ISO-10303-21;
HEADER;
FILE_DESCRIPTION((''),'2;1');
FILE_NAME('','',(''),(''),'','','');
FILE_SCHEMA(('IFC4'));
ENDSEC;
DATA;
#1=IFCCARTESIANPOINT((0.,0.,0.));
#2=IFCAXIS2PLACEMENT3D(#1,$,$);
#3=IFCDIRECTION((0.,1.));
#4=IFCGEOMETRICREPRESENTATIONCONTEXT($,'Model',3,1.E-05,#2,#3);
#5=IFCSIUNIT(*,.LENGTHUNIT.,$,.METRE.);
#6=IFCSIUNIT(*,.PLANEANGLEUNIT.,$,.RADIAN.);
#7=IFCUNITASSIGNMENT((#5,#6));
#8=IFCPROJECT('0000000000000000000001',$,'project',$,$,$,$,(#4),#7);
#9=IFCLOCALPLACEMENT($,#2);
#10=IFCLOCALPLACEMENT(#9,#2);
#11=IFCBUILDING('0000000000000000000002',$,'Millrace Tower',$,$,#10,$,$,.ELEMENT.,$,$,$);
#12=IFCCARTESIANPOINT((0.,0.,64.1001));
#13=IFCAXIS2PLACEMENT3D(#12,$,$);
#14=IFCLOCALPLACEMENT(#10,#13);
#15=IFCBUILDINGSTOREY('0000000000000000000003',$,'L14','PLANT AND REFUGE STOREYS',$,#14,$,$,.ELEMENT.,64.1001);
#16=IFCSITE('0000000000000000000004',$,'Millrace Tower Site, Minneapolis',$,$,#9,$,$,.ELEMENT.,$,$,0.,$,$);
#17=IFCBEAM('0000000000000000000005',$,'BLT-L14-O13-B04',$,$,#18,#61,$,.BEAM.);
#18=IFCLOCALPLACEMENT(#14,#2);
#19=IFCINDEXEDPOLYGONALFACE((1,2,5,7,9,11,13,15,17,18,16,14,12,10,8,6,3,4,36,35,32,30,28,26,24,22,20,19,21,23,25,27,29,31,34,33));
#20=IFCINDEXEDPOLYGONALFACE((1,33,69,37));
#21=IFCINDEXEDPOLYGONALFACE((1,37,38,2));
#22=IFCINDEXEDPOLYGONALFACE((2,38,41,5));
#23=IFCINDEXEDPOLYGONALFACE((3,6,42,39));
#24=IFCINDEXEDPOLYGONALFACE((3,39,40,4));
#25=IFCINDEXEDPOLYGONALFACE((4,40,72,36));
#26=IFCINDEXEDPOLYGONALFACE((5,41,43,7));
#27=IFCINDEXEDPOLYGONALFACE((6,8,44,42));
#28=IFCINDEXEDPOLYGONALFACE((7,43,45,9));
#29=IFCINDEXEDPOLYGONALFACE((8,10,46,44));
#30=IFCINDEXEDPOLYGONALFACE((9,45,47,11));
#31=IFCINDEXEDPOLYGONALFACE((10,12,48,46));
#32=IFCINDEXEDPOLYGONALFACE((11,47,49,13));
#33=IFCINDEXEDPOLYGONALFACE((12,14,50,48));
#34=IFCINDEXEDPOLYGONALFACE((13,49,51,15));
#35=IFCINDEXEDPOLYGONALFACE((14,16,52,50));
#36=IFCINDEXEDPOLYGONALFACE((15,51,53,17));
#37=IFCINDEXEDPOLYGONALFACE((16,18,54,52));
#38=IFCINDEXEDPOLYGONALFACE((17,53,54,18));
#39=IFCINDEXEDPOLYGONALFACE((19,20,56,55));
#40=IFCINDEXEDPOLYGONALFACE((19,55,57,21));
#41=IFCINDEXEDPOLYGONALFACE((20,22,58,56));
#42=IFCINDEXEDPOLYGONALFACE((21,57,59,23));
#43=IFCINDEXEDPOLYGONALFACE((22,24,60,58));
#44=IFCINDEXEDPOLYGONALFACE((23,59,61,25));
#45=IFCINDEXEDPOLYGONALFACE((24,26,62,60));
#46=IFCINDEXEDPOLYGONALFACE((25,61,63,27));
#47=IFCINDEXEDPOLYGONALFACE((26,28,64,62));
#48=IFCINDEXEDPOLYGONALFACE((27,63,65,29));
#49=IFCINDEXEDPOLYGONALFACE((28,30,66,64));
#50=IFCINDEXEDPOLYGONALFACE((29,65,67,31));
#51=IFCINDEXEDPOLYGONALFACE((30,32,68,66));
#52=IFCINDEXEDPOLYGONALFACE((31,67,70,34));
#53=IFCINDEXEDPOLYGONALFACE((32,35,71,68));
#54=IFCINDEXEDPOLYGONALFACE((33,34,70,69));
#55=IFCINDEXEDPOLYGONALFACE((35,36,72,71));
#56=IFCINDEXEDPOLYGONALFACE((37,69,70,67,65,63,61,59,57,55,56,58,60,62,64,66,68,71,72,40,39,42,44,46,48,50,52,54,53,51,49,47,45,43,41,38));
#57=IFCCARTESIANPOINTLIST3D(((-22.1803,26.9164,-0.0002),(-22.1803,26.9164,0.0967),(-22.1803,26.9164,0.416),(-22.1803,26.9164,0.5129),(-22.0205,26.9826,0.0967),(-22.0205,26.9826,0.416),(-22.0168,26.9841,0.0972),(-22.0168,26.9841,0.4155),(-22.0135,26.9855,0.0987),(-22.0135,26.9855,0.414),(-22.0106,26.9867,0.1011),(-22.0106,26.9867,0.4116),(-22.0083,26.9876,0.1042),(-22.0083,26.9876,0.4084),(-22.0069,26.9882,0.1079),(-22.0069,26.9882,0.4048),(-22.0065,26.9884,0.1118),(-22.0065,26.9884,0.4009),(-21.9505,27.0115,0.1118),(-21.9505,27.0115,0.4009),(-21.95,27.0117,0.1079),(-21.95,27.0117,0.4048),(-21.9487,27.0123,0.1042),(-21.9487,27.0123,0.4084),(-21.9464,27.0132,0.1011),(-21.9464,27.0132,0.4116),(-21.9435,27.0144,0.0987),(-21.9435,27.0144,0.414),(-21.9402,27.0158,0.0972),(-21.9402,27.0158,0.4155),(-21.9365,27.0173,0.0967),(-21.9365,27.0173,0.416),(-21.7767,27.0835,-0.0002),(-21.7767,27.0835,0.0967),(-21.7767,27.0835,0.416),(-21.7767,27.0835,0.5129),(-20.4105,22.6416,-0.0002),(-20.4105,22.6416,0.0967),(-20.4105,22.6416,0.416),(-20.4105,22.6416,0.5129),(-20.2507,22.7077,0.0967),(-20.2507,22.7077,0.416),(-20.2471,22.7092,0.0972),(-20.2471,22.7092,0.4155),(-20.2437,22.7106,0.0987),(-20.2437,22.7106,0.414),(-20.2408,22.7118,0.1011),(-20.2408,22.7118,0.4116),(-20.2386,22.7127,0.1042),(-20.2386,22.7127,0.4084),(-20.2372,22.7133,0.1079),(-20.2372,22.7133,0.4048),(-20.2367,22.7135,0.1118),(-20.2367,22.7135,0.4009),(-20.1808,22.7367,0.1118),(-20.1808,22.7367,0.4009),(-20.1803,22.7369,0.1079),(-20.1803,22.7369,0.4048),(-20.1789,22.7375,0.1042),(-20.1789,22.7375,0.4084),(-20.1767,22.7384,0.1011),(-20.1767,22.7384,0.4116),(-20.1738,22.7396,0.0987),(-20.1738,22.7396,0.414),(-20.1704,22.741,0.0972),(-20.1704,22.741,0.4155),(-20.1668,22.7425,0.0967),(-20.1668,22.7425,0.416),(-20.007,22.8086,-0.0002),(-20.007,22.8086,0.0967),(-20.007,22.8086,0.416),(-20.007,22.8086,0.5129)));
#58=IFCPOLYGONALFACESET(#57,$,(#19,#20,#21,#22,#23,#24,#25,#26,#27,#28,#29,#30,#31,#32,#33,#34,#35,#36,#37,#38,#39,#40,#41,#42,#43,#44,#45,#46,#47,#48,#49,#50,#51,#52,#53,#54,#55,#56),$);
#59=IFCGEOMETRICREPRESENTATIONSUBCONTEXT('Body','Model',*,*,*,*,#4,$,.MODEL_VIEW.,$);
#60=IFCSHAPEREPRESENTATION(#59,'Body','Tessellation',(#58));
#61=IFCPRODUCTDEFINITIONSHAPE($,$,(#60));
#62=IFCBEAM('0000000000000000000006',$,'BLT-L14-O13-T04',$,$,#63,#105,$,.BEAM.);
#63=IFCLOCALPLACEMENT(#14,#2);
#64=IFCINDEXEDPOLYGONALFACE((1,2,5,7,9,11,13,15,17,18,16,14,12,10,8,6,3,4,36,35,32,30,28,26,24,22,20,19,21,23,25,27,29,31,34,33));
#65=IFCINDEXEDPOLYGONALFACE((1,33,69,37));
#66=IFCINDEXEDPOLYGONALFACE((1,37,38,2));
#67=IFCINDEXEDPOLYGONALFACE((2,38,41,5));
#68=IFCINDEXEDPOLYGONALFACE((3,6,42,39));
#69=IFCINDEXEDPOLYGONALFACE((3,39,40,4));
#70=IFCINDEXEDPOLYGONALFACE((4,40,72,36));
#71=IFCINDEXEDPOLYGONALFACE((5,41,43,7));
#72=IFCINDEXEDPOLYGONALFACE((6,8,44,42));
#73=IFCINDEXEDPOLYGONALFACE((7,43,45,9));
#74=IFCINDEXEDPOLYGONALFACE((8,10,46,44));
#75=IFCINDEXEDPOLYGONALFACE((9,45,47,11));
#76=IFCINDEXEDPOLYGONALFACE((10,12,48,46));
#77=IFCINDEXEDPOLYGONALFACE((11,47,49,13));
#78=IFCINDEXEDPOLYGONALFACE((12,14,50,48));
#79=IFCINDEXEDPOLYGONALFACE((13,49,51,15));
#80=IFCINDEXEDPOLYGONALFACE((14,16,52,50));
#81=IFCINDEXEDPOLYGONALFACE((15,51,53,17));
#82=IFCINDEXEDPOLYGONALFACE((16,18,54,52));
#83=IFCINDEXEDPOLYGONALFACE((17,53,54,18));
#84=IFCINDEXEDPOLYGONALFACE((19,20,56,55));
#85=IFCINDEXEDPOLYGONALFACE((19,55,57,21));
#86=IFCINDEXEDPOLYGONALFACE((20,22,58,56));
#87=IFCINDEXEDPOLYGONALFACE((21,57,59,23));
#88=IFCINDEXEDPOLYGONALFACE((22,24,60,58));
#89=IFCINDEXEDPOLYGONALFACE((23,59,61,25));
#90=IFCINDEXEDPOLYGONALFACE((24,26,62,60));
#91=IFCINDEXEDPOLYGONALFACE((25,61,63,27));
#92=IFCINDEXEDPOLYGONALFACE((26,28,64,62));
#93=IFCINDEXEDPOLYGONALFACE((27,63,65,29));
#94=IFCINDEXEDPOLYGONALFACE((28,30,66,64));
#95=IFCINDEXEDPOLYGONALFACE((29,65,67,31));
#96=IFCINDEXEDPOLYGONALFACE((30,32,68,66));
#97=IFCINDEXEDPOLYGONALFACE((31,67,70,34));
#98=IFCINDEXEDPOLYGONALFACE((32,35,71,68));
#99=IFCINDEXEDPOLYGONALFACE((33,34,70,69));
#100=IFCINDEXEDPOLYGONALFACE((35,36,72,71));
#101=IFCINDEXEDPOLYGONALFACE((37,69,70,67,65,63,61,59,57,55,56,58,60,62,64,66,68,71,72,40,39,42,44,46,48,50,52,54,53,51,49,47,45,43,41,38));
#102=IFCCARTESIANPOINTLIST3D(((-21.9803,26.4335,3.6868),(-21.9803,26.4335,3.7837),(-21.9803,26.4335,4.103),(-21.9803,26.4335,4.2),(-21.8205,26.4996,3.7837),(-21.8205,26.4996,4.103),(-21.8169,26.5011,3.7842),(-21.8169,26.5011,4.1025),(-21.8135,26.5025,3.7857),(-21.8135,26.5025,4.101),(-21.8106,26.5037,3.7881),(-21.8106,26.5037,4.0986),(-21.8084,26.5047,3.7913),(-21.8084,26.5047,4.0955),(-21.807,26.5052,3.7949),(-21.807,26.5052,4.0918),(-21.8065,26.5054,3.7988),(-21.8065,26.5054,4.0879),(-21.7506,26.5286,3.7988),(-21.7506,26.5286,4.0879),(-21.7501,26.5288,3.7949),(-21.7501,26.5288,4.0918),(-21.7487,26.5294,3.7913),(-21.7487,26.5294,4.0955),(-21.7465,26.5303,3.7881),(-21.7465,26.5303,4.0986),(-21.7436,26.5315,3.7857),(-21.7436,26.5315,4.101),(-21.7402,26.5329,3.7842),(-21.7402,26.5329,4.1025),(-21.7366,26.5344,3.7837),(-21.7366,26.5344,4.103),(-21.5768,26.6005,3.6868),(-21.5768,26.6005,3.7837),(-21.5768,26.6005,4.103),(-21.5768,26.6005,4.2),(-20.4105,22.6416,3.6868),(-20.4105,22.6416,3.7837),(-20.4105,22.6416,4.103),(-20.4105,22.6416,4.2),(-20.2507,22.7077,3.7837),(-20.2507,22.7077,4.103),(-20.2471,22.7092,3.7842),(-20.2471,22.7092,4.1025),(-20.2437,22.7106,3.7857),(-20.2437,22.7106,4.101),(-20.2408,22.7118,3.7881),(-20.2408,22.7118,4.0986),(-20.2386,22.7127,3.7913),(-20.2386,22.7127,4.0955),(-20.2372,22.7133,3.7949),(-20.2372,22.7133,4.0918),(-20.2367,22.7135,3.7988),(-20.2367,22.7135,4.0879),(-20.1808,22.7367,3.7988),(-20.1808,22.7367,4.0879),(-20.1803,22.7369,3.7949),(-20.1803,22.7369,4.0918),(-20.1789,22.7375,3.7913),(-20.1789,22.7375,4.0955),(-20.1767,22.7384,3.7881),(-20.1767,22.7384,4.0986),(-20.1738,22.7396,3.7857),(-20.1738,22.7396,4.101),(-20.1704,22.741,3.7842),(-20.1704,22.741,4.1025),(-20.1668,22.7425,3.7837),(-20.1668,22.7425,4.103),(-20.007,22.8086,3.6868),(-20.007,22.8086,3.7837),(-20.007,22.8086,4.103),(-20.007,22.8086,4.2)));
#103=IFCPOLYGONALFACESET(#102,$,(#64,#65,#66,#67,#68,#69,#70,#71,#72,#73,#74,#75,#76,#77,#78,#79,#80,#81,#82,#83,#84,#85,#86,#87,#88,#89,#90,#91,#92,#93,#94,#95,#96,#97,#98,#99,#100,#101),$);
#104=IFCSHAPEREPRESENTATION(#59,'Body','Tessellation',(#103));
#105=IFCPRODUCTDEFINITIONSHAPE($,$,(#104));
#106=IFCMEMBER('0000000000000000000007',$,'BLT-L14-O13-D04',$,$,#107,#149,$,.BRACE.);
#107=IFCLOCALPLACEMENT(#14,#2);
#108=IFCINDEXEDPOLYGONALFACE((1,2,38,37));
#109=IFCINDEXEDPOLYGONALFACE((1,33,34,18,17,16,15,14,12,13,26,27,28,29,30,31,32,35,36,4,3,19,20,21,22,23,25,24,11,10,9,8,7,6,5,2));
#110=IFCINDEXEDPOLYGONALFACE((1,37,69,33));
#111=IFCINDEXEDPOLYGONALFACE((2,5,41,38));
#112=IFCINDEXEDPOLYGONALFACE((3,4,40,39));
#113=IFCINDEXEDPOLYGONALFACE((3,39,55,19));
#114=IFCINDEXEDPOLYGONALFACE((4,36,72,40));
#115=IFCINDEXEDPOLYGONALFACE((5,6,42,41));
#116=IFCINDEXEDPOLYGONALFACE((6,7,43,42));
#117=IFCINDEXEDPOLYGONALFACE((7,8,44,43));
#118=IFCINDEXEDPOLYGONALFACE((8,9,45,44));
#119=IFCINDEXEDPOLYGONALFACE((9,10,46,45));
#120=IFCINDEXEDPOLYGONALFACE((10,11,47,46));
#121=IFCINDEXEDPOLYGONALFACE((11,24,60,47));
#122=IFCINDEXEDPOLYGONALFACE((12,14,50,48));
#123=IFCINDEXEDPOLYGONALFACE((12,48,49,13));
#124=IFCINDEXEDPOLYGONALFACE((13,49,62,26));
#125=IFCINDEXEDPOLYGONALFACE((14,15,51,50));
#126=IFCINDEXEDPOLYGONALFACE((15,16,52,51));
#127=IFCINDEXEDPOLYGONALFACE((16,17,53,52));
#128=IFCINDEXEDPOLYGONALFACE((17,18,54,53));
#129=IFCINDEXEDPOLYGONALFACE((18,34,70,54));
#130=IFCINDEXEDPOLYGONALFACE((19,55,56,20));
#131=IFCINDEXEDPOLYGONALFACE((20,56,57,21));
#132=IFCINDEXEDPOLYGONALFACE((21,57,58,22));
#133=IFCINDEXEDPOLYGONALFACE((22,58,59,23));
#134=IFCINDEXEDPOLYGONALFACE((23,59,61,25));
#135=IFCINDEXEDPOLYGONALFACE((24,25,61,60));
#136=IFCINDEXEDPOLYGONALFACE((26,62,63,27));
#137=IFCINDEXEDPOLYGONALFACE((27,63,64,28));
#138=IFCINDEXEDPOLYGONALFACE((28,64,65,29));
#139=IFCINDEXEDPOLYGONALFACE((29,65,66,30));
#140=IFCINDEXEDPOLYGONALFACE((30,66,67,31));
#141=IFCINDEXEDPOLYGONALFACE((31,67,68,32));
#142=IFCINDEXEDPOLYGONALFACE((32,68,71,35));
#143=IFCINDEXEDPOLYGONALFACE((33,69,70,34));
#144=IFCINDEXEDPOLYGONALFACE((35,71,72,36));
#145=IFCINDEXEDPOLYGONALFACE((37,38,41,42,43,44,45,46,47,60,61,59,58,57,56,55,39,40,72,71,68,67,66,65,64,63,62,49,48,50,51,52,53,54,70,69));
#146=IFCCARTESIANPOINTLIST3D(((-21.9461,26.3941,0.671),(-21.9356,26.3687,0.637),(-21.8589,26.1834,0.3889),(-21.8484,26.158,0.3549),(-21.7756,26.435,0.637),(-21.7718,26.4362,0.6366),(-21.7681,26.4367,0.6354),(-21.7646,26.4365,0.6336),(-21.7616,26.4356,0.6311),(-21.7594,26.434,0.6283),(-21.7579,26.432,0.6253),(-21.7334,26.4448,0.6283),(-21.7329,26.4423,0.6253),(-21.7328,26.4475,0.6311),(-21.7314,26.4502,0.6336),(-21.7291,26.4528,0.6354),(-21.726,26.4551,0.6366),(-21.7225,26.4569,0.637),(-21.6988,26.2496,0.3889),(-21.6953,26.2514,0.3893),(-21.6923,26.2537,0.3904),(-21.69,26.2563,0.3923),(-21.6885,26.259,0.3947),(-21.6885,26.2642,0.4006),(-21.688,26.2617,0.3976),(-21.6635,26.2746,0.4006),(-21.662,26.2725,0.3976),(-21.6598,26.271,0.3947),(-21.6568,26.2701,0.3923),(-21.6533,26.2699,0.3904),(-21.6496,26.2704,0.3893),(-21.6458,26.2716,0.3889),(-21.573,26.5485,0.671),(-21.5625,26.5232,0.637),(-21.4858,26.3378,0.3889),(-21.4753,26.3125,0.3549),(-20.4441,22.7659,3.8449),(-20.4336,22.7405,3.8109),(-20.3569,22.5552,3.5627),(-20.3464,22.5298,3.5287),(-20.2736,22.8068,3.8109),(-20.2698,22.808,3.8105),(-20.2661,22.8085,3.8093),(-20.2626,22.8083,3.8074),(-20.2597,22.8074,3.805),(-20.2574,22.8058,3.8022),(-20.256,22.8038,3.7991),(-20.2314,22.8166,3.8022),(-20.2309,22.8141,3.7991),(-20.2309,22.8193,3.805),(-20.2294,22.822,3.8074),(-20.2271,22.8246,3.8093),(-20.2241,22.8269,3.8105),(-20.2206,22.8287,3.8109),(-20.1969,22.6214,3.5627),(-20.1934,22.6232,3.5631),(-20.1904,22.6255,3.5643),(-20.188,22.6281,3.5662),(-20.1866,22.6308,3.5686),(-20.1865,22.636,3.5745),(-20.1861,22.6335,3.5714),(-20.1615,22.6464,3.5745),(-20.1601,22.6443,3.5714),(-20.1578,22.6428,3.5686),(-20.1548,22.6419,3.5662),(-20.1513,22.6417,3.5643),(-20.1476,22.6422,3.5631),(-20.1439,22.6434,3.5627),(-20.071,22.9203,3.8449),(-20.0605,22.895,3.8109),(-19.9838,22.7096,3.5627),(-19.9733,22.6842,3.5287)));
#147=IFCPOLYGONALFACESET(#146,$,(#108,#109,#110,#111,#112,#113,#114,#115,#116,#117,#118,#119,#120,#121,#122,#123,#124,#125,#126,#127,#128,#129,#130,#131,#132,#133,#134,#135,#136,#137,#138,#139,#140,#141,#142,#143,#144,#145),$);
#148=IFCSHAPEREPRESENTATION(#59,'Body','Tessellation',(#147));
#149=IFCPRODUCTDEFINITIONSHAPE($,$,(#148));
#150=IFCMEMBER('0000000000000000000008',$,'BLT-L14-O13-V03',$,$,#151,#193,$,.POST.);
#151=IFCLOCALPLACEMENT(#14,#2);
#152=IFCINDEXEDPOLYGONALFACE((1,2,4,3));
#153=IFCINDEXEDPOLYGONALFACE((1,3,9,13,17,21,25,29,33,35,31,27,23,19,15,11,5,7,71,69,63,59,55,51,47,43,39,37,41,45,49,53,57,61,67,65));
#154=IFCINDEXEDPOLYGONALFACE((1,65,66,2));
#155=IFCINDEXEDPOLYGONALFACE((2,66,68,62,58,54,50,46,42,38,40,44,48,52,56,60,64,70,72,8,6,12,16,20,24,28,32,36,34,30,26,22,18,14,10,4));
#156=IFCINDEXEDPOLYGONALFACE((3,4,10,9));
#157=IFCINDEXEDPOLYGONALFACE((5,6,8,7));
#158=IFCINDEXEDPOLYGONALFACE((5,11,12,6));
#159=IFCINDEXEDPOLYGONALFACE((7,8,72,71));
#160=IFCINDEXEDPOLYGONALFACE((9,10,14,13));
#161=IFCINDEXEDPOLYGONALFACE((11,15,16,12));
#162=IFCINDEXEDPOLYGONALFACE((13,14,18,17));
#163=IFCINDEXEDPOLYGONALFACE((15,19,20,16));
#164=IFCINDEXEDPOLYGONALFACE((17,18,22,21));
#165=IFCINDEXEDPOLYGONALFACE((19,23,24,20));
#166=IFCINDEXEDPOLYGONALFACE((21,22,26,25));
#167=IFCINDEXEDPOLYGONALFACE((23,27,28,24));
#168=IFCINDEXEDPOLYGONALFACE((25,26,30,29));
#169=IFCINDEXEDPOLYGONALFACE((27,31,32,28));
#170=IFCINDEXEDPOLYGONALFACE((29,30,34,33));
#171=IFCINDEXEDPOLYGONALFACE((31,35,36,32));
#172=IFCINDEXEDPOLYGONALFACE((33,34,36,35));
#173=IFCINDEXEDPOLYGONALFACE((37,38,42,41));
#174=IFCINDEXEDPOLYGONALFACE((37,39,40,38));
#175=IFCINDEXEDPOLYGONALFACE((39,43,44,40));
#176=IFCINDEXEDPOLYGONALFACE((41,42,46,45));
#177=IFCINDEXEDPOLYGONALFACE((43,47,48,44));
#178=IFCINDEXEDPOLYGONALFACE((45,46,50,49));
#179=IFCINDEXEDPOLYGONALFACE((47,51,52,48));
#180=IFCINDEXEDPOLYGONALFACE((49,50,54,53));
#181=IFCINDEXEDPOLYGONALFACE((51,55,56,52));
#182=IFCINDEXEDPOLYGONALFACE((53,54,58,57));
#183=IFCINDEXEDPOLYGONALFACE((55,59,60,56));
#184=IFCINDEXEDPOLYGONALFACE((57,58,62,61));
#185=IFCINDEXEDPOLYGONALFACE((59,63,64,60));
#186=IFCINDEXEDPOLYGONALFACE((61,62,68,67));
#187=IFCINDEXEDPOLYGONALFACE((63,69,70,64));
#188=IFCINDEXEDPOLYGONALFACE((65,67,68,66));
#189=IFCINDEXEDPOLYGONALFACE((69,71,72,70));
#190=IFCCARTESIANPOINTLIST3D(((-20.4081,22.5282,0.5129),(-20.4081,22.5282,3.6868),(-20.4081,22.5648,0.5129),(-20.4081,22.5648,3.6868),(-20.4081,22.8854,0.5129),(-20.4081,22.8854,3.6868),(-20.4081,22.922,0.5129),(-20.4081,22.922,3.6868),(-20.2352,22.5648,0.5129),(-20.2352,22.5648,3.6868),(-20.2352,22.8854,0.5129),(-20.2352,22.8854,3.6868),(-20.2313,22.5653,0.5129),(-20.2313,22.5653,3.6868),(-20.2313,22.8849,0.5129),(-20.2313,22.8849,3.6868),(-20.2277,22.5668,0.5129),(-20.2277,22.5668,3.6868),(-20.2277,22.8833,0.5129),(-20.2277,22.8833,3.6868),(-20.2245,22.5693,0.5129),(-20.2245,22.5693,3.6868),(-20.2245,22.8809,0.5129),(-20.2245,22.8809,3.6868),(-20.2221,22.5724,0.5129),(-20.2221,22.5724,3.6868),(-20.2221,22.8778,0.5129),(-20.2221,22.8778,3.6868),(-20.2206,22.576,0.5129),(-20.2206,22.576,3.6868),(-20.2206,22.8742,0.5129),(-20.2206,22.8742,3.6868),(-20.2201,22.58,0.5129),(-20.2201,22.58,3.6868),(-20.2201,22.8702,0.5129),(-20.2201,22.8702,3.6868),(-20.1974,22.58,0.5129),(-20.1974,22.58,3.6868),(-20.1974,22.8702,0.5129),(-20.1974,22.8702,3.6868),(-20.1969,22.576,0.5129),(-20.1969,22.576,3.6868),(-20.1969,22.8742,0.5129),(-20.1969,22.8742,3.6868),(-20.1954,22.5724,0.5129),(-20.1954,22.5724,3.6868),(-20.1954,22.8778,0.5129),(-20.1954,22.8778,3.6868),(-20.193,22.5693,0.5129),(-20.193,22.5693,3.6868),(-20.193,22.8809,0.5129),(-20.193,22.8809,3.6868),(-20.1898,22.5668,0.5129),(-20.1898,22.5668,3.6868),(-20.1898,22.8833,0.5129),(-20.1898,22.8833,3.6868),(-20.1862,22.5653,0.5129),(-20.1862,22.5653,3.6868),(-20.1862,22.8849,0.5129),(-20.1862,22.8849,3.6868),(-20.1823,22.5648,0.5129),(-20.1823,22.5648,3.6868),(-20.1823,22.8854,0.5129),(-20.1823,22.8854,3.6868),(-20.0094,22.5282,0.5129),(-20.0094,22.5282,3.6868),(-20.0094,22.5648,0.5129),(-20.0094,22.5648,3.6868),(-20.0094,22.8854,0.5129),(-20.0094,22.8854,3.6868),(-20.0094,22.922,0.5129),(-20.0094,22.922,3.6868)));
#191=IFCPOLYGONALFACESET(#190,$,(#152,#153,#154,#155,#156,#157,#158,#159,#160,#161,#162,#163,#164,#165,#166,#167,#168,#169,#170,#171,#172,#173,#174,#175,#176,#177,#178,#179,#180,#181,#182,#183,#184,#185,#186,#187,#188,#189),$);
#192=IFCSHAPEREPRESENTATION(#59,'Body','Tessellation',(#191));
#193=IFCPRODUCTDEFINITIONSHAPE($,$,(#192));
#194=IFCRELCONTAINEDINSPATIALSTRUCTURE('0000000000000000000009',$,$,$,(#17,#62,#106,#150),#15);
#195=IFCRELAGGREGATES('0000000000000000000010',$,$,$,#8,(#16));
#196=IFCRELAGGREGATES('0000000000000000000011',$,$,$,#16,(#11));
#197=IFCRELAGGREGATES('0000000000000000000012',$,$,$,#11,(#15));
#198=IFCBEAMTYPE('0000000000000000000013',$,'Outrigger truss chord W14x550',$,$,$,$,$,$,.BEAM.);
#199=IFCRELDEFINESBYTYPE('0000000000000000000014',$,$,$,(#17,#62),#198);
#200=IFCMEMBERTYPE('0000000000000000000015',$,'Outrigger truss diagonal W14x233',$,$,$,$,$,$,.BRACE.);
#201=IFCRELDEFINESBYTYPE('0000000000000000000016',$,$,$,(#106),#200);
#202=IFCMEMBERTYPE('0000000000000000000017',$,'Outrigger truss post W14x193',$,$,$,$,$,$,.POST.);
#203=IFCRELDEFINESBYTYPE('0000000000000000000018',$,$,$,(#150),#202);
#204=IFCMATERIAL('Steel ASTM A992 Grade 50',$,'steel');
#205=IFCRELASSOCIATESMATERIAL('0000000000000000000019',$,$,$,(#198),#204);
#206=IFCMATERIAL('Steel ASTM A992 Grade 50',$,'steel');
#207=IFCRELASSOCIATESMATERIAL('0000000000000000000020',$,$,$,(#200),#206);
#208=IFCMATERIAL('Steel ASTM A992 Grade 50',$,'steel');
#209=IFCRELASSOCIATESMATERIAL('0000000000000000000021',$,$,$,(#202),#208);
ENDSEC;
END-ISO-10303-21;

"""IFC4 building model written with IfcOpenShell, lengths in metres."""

from ifc_helpers import new_model, si_unit, direction, frame, origin, origin_2d, place, context, subcontext, project, spatial, i_section, extrude, material, material_profile, profile_set, type_object, element, save


model = new_model("IFC4")

# Units and contexts
model_context = context("Model", 3, precision=1e-05, world=origin(), true_north=direction((0.0, 1.0)))
body_context = subcontext(model_context, "Body", "Model", "MODEL_VIEW")
ifc_project = project(units=[si_unit("LENGTHUNIT", "METRE"), si_unit("PLANEANGLEUNIT", "RADIAN")], contexts=[model_context])

# Site, building, storey
site_placement = place(None, origin())
site = spatial("IfcSite", under=ifc_project, at=site_placement, Name="Millrace Tower Site, Minneapolis", CompositionType="ELEMENT", RefElevation=0.0)
building_placement = place(site_placement, origin())
building = spatial("IfcBuilding", under=site, at=building_placement, Name="Millrace Tower", CompositionType="ELEMENT")
storey_placement = place(building_placement, frame((0.0, 0.0, 64.1001)))
storey = spatial("IfcBuildingStorey", under=building, at=storey_placement, Name="L14", Description="PLANT AND REFUGE STOREYS", CompositionType="ELEMENT", Elevation=64.1001)

# Beams
ifc_material_1 = material(Name="Steel ASTM A992 Grade 50", Category="steel")
ifc_material_profile_1 = material_profile(ifc_material_1, i_section(OverallWidth=0.4368, OverallDepth=0.5132, WebThickness=0.0605, FlangeThickness=0.0969, FilletRadius=0.0151, at=origin_2d()))
ifc_profile_set_1 = profile_set([ifc_material_profile_1], Name="Steel ASTM A992 Grade 50")
beam_type_1 = type_object("IfcBeamType", Name="Outrigger truss chord W14x550", PredefinedType="BEAM", material=ifc_profile_set_1)
beam_1_placement = place(storey_placement, frame((-20.2087, 22.7251, 0.2563), z_axis=(-0.382509, 0.923952, 0.0), x_axis=(-0.923952, -0.382509, 0.0)))
element("IfcBeam", 1, at=beam_1_placement, inside=storey, type_object=beam_type_1, Name="BLT-L14-O13-B04", PredefinedType="BEAM", context=body_context, shape_type="SweptSolid", body=[
    extrude(i_section(OverallWidth=0.4368, OverallDepth=0.5132, WebThickness=0.0605, FlangeThickness=0.0969, FilletRadius=0.0151, at=origin_2d()), origin(), (0.0, 0.0, 1.0), 4.6267),
])
beam_2_placement = place(storey_placement, frame((-20.2087, 22.7251, 3.9434), z_axis=(-0.382502, 0.923954, 0.0), x_axis=(-0.923954, -0.382502, 0.0)))
element("IfcBeam", 2, at=beam_2_placement, inside=storey, type_object=beam_type_1, Name="BLT-L14-O13-T04", PredefinedType="BEAM", context=body_context, shape_type="SweptSolid", body=[
    extrude(i_section(OverallWidth=0.4368, OverallDepth=0.5132, WebThickness=0.0605, FlangeThickness=0.0969, FilletRadius=0.0151, at=origin_2d()), origin(), (0.0, 0.0, 1.0), 4.104),
])

# Members
ifc_material_2 = material(Name="Steel ASTM A992 Grade 50", Category="steel")
ifc_material_profile_2 = material_profile(ifc_material_2, i_section(OverallWidth=0.4038, OverallDepth=0.4065, WebThickness=0.0271, FlangeThickness=0.0437, FilletRadius=0.0151, at=origin_2d()))
ifc_profile_set_2 = profile_set([ifc_material_profile_2], Name="Steel ASTM A992 Grade 50")
member_type_1 = type_object("IfcMemberType", Name="Outrigger truss diagonal W14x233", PredefinedType="BRACE", material=ifc_profile_set_2)
member_1_placement = place(storey_placement, frame((-21.7107, 26.3533, 0.5129), z_axis=(0.297474, -0.718588, 0.628602), x_axis=(0.923959, 0.382491, 0.0)))
element("IfcMember", 3, at=member_1_placement, inside=storey, type_object=member_type_1, Name="BLT-L14-O13-D04", PredefinedType="BRACE", context=body_context, shape_type="SweptSolid", body=[
    extrude(i_section(OverallWidth=0.4038, OverallDepth=0.4065, WebThickness=0.0271, FlangeThickness=0.0437, FilletRadius=0.0151, at=origin_2d()), origin(), (0.0, 0.0, 1.0), 5.0491),
])
ifc_material_3 = material(Name="Steel ASTM A992 Grade 50", Category="steel")
ifc_material_profile_3 = material_profile(ifc_material_3, i_section(OverallWidth=0.3987, OverallDepth=0.3938, WebThickness=0.0227, FlangeThickness=0.0366, FilletRadius=0.0151, at=origin_2d()))
ifc_profile_set_3 = profile_set([ifc_material_profile_3], Name="Steel ASTM A992 Grade 50")
member_type_2 = type_object("IfcMemberType", Name="Outrigger truss post W14x193", PredefinedType="POST", material=ifc_profile_set_3)
member_2_placement = place(storey_placement, frame((-20.2087, 22.7251, 0.5129), z_axis=(0.0, 0.0, 1.0), x_axis=(1.0, 0.0, 0.0)))
element("IfcMember", 4, at=member_2_placement, inside=storey, type_object=member_type_2, Name="BLT-L14-O13-V03", PredefinedType="POST", context=body_context, shape_type="SweptSolid", body=[
    extrude(i_section(OverallWidth=0.3987, OverallDepth=0.3938, WebThickness=0.0227, FlangeThickness=0.0366, FilletRadius=0.0151, at=origin_2d()), origin(), (0.0, 0.0, 1.0), 3.1738),
])

save(model, "model.ifc")
